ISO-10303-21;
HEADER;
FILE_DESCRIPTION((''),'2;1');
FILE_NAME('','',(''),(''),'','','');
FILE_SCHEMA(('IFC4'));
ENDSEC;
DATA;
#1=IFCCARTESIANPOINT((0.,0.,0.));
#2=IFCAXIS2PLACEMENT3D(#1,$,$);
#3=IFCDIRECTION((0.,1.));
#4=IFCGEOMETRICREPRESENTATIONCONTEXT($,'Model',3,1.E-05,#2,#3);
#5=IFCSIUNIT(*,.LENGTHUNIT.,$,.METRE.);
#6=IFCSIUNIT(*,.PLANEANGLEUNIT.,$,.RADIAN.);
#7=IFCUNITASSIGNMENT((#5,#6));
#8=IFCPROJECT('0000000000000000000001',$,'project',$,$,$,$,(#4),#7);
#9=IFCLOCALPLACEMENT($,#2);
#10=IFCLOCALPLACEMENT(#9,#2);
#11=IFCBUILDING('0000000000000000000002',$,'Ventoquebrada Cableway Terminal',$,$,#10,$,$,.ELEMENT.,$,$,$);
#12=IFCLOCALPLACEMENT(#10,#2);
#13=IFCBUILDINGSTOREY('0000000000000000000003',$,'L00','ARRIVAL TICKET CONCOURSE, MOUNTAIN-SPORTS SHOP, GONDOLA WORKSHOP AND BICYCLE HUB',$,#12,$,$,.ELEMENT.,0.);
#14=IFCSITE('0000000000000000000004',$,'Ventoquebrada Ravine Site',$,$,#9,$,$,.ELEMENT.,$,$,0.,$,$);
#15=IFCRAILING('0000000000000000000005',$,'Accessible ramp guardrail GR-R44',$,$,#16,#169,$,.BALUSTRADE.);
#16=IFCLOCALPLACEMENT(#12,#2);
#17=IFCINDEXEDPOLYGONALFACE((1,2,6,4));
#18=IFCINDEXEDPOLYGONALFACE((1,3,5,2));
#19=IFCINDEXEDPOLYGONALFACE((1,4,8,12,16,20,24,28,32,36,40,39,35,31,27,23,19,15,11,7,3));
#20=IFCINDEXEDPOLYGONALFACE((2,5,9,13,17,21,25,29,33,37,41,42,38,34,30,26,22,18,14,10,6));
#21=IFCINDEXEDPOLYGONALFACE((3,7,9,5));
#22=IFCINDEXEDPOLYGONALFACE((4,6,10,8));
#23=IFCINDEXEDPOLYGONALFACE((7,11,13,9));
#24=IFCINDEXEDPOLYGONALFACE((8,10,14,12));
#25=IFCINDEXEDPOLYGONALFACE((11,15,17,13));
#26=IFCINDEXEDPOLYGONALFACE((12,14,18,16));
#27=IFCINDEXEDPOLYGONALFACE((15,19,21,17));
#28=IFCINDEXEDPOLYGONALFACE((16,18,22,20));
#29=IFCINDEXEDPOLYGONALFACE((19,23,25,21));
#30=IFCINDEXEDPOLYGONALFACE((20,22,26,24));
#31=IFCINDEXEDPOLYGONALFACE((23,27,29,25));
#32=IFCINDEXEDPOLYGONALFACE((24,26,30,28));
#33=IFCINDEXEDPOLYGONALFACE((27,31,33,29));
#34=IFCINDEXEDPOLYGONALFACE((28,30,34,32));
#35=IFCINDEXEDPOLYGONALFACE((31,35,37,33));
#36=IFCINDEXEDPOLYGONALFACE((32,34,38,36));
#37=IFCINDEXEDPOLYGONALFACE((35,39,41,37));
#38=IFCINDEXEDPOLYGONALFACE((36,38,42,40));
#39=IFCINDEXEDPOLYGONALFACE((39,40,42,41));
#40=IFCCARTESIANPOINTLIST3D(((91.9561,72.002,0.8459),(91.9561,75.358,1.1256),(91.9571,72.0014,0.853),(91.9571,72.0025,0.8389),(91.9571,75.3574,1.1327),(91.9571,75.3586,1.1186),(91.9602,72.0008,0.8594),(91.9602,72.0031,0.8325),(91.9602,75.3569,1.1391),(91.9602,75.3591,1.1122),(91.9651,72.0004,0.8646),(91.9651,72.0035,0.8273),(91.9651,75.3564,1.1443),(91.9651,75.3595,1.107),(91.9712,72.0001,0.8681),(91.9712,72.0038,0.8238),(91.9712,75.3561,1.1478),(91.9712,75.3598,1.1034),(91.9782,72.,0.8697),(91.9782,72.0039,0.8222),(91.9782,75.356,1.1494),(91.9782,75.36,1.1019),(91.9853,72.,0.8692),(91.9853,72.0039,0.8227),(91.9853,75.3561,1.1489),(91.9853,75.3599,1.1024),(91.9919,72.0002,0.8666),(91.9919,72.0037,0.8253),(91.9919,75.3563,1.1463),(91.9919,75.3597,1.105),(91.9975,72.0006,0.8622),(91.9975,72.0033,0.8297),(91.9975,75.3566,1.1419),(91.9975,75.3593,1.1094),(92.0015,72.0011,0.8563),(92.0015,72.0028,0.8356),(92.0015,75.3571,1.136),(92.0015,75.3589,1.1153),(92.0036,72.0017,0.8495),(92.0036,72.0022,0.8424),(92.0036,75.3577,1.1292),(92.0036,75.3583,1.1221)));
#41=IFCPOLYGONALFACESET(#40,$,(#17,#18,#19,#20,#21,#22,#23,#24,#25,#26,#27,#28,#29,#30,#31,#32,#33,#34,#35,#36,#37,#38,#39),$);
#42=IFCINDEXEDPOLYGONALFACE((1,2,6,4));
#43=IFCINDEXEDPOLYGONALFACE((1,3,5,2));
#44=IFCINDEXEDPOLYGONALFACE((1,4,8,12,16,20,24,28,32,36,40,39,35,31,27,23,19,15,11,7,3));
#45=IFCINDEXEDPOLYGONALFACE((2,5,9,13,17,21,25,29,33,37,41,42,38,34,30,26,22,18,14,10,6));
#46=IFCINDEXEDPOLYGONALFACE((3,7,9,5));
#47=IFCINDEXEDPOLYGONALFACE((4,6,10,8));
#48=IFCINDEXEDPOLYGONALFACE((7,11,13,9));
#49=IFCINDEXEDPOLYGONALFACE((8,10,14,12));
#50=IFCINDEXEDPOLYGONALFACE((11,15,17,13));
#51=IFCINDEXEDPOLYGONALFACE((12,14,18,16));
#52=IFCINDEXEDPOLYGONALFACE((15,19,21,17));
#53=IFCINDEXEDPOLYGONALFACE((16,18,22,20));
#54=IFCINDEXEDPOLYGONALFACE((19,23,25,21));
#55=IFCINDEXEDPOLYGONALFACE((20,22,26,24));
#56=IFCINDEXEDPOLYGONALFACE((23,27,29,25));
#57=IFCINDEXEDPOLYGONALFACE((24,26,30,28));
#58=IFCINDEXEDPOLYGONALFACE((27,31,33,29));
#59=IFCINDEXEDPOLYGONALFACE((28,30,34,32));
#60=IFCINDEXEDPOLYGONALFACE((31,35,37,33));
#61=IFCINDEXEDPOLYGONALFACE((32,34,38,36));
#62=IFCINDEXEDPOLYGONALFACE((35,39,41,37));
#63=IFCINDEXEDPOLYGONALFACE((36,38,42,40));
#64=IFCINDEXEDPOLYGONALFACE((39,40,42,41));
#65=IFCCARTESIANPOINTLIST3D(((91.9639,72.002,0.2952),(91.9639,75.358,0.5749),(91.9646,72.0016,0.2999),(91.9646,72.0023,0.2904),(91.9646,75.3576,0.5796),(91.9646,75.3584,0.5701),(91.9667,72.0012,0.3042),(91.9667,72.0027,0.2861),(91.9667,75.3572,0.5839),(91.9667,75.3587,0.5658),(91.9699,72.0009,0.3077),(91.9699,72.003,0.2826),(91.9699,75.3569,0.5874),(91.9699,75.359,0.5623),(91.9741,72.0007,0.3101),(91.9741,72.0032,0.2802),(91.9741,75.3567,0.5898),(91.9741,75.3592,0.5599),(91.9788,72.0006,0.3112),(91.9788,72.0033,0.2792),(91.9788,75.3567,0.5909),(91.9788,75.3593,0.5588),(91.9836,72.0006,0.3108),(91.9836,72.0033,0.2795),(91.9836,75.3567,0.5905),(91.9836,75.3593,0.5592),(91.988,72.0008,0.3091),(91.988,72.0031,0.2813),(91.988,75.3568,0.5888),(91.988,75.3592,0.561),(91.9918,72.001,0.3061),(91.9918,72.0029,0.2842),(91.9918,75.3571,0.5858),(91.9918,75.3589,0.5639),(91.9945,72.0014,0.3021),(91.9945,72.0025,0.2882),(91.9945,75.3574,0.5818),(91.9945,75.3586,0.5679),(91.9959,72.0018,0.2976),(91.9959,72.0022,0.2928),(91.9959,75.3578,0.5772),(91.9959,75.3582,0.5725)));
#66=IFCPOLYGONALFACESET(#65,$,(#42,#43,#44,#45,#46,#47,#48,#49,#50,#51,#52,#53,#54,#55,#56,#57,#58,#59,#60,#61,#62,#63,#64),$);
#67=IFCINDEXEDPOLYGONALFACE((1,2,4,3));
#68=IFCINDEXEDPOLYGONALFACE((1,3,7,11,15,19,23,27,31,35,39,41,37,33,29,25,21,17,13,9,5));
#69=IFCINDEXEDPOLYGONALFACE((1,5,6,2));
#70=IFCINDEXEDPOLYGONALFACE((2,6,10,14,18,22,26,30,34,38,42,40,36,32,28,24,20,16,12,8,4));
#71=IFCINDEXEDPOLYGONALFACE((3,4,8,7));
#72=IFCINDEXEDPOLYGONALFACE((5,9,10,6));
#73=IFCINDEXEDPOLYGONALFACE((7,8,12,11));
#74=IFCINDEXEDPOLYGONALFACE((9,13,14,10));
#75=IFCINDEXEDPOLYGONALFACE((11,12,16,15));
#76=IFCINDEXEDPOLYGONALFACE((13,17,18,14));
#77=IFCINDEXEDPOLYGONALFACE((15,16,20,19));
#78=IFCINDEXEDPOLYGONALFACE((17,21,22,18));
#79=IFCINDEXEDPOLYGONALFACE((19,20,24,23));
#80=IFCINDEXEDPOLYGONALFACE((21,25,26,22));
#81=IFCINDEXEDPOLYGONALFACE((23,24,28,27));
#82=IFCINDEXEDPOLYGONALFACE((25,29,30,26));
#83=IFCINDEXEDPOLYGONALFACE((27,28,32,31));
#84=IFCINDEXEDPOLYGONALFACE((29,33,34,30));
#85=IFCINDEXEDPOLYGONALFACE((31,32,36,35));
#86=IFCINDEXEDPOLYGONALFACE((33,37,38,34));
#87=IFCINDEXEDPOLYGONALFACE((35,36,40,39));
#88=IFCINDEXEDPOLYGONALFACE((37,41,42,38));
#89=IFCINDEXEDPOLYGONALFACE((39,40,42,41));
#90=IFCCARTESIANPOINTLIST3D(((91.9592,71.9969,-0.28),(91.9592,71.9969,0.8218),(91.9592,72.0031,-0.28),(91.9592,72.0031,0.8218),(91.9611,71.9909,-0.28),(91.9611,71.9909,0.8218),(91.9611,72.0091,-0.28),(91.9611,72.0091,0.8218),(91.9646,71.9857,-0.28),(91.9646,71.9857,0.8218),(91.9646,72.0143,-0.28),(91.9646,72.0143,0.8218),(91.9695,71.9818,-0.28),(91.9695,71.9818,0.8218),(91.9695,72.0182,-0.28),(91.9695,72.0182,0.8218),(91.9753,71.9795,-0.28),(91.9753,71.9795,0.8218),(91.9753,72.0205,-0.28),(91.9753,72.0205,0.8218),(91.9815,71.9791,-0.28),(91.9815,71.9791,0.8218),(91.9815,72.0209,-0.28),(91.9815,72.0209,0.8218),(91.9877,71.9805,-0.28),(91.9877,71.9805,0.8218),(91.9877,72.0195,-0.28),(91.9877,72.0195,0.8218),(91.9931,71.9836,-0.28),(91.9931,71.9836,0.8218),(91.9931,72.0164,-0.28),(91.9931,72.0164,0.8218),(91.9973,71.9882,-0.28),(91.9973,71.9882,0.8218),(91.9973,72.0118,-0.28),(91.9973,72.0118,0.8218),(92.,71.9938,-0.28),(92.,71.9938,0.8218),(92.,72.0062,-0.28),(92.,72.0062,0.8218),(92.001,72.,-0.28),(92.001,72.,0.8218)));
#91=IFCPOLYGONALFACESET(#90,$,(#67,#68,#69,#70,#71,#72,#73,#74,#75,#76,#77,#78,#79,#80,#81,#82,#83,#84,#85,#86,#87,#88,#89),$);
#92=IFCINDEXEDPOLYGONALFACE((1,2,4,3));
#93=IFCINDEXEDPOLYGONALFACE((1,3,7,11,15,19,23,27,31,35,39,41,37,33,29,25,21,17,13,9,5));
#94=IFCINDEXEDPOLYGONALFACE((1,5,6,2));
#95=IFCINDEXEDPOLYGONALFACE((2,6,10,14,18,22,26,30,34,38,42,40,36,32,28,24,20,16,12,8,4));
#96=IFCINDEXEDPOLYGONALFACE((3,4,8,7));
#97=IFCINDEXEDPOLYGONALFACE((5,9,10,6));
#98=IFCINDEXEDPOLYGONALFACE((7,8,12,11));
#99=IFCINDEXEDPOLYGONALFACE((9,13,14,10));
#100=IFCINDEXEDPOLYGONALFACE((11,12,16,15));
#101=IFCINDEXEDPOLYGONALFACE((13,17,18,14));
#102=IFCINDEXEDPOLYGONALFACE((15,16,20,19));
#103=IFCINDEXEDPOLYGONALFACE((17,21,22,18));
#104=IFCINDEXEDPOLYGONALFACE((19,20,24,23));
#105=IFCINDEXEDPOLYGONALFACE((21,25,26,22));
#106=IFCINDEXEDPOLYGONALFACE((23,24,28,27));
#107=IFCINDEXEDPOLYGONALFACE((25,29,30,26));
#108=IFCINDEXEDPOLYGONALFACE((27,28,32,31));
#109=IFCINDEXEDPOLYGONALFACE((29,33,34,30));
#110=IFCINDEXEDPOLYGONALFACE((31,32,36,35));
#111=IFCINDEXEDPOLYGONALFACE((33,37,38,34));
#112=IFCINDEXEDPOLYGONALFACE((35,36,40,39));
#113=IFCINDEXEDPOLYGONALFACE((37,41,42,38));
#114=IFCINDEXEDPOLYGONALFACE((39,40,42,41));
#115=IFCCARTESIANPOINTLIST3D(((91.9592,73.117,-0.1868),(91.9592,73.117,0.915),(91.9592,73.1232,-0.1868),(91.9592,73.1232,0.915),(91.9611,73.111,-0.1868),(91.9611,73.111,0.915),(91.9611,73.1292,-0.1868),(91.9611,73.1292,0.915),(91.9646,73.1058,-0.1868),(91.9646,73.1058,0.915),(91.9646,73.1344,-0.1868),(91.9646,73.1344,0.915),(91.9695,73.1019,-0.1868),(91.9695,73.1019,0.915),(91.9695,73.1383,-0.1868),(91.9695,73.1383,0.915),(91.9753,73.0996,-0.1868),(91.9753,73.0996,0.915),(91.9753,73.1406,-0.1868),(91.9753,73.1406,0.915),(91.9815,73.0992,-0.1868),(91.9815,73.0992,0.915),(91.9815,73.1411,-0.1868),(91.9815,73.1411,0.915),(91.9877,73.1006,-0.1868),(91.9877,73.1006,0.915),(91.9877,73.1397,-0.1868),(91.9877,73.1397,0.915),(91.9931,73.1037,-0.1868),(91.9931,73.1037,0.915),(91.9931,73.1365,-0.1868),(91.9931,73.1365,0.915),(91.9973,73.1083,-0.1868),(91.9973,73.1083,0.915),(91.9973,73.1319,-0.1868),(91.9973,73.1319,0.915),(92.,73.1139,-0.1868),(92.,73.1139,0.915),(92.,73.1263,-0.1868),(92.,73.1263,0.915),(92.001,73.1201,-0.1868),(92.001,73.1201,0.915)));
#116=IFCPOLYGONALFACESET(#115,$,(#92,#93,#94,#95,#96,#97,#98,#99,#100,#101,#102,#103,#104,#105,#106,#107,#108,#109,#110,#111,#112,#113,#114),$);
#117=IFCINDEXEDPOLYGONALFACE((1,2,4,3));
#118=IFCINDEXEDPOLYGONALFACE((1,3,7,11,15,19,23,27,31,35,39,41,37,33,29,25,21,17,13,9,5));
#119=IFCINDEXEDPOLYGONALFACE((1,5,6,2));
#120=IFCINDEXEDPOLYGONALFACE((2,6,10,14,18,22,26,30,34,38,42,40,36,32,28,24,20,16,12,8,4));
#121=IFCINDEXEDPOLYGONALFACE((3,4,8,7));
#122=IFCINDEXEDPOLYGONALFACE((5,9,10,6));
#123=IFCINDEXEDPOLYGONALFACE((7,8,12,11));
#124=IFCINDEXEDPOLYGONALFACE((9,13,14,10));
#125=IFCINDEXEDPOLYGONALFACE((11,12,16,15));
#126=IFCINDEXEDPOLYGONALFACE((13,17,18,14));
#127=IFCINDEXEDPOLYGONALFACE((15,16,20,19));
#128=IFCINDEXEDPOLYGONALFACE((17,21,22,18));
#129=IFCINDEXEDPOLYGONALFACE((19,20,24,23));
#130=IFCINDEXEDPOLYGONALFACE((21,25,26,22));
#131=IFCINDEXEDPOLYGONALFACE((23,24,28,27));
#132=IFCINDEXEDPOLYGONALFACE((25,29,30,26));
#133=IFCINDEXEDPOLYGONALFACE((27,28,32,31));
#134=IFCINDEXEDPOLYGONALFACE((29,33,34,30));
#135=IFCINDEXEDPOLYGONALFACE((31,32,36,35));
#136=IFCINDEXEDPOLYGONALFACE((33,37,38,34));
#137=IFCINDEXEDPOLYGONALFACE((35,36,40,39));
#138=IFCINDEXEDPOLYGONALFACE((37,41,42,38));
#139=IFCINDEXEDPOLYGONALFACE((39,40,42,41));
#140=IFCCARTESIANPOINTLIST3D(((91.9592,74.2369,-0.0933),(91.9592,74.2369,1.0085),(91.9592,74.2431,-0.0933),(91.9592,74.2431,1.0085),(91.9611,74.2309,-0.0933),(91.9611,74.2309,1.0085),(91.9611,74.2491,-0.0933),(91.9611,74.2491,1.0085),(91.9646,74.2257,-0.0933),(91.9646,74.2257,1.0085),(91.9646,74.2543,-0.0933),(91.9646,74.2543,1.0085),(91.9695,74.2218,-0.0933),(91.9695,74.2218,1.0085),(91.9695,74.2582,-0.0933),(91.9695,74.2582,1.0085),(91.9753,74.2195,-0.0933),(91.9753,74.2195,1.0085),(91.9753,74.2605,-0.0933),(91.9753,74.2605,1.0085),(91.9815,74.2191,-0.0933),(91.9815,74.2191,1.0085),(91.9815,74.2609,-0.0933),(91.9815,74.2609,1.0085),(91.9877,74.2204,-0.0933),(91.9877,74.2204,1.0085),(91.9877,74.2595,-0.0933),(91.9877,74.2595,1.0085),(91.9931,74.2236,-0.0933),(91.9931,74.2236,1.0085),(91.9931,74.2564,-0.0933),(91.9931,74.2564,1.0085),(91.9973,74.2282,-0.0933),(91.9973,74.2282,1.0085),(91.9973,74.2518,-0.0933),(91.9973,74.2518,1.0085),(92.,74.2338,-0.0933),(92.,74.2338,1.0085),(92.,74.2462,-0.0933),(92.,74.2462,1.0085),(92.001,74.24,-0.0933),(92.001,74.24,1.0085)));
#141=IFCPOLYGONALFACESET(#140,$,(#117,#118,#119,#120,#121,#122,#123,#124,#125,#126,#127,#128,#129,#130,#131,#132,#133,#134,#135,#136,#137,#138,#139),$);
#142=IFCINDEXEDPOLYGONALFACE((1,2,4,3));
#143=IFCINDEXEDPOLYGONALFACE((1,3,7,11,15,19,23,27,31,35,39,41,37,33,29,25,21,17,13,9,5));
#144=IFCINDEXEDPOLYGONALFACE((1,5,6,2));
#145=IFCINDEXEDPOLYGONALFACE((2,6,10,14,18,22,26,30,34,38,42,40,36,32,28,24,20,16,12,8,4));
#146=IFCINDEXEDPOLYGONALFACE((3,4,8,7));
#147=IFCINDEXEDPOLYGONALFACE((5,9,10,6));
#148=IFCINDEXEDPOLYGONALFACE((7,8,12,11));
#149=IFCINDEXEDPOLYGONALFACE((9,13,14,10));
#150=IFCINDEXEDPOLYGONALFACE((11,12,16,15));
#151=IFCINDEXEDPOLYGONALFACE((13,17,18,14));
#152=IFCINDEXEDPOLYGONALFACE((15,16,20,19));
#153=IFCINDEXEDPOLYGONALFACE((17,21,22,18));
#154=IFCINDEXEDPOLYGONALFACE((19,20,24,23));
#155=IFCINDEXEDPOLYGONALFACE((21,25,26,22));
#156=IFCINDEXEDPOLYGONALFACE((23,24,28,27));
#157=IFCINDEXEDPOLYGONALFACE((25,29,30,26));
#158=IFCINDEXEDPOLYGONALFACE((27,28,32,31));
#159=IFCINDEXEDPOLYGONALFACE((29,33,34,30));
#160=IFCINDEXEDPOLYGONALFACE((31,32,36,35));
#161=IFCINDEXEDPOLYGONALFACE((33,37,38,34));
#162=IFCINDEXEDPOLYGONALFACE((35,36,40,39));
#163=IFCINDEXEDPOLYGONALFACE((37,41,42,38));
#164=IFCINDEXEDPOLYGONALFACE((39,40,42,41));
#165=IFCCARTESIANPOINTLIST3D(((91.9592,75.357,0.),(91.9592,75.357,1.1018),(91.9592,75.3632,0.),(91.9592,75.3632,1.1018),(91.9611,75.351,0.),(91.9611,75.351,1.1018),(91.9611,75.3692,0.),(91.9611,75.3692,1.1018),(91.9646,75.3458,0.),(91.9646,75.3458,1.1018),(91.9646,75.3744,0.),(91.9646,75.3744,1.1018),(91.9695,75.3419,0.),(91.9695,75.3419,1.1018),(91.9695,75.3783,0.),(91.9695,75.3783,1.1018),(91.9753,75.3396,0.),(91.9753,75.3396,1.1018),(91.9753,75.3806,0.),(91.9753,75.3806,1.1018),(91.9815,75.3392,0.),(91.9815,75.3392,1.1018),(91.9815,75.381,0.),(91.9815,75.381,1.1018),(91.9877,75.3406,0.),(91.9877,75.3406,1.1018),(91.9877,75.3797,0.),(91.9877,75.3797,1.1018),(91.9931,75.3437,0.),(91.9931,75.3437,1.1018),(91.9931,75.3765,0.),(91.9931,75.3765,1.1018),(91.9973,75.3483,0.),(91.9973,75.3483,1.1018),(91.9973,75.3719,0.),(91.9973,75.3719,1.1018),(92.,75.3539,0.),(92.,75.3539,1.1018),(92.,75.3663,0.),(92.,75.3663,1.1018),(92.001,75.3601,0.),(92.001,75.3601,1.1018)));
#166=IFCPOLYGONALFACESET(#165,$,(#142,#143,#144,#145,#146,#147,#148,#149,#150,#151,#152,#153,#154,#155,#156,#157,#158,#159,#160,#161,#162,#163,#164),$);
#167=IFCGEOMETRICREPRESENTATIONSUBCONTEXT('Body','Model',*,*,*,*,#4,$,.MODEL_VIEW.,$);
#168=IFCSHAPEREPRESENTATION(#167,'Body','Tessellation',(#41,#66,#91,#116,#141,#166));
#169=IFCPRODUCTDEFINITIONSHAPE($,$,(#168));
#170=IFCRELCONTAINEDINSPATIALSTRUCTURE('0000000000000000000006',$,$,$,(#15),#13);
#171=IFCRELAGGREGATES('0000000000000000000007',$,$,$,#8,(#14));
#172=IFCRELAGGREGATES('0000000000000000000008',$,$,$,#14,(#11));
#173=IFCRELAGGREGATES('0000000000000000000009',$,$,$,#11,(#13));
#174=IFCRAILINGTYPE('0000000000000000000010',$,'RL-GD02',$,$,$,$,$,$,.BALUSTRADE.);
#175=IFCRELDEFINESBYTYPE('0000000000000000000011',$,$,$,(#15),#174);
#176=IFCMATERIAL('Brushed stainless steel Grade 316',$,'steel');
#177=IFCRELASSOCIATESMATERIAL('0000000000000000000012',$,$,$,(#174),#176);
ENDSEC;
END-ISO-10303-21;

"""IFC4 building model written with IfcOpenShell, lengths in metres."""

from ifc_helpers import new_model, si_unit, direction, frame, origin, origin_2d, place, context, subcontext, project, spatial, circle, extrude, material, type_object, element, save


model = new_model("IFC4")

# Units and contexts
model_context = context("Model", 3, precision=1e-05, world=origin(), true_north=direction((0.0, 1.0)))
body_context = subcontext(model_context, "Body", "Model", "MODEL_VIEW")
ifc_project = project(units=[si_unit("LENGTHUNIT", "METRE"), si_unit("PLANEANGLEUNIT", "RADIAN")], contexts=[model_context])

# Site, building, storey
site_placement = place(None, origin())
site = spatial("IfcSite", under=ifc_project, at=site_placement, Name="Ventoquebrada Ravine Site", CompositionType="ELEMENT", RefElevation=0.0)
building_placement = place(site_placement, origin())
building = spatial("IfcBuilding", under=site, at=building_placement, Name="Ventoquebrada Cableway Terminal", CompositionType="ELEMENT")
storey_placement = place(building_placement, origin())
storey = spatial("IfcBuildingStorey", under=building, at=storey_placement, Name="L00", Description="ARRIVAL TICKET CONCOURSE, MOUNTAIN-SPORTS SHOP, GONDOLA WORKSHOP AND BICYCLE HUB", CompositionType="ELEMENT", Elevation=0.0)

# Railing
ifc_material_1 = material(Name="Brushed stainless steel Grade 316", Category="steel")
railing_type = type_object("IfcRailingType", Name="RL-GD02", PredefinedType="BALUSTRADE", material=ifc_material_1)
for number, where, name in (
    (1, (91.98, 72.0, -0.28), "Accessible ramp guardrail GR-R44"),
):
    element("IfcRailing", number, at=place(storey_placement, frame(where)), inside=storey, type_object=railing_type, Name=name, PredefinedType="BALUSTRADE", context=body_context, shape_type="SweptSolid", body=[
        extrude(circle(Radius=0.0239, at=origin_2d()), frame((0.0, 0.002, 1.126), z_axis=(0.0, 0.996545, 0.083051), x_axis=(-1.0, 0.0, 0.0)), (0.0, 0.0, 1.0), 3.3677),
        extrude(circle(Radius=0.0161, at=origin_2d()), frame((0.0, 0.002, 0.5752), z_axis=(0.0, 0.996545, 0.083051), x_axis=(-1.0, 0.0, 0.0)), (0.0, 0.0, 1.0), 3.3677),
        extrude(circle(Radius=0.021, at=origin_2d()), origin(), (0.0, 0.0, 1.0), 1.1018),
        extrude(circle(Radius=0.021, at=origin_2d()), frame((0.0, 1.1201, 0.0933)), (0.0, 0.0, 1.0), 1.1018),
        extrude(circle(Radius=0.021, at=origin_2d()), frame((0.0, 2.24, 0.1868)), (0.0, 0.0, 1.0), 1.1018),
        extrude(circle(Radius=0.021, at=origin_2d()), frame((0.0, 3.3601, 0.28)), (0.0, 0.0, 1.0), 1.1018),
    ])

save(model, "model.ifc")
